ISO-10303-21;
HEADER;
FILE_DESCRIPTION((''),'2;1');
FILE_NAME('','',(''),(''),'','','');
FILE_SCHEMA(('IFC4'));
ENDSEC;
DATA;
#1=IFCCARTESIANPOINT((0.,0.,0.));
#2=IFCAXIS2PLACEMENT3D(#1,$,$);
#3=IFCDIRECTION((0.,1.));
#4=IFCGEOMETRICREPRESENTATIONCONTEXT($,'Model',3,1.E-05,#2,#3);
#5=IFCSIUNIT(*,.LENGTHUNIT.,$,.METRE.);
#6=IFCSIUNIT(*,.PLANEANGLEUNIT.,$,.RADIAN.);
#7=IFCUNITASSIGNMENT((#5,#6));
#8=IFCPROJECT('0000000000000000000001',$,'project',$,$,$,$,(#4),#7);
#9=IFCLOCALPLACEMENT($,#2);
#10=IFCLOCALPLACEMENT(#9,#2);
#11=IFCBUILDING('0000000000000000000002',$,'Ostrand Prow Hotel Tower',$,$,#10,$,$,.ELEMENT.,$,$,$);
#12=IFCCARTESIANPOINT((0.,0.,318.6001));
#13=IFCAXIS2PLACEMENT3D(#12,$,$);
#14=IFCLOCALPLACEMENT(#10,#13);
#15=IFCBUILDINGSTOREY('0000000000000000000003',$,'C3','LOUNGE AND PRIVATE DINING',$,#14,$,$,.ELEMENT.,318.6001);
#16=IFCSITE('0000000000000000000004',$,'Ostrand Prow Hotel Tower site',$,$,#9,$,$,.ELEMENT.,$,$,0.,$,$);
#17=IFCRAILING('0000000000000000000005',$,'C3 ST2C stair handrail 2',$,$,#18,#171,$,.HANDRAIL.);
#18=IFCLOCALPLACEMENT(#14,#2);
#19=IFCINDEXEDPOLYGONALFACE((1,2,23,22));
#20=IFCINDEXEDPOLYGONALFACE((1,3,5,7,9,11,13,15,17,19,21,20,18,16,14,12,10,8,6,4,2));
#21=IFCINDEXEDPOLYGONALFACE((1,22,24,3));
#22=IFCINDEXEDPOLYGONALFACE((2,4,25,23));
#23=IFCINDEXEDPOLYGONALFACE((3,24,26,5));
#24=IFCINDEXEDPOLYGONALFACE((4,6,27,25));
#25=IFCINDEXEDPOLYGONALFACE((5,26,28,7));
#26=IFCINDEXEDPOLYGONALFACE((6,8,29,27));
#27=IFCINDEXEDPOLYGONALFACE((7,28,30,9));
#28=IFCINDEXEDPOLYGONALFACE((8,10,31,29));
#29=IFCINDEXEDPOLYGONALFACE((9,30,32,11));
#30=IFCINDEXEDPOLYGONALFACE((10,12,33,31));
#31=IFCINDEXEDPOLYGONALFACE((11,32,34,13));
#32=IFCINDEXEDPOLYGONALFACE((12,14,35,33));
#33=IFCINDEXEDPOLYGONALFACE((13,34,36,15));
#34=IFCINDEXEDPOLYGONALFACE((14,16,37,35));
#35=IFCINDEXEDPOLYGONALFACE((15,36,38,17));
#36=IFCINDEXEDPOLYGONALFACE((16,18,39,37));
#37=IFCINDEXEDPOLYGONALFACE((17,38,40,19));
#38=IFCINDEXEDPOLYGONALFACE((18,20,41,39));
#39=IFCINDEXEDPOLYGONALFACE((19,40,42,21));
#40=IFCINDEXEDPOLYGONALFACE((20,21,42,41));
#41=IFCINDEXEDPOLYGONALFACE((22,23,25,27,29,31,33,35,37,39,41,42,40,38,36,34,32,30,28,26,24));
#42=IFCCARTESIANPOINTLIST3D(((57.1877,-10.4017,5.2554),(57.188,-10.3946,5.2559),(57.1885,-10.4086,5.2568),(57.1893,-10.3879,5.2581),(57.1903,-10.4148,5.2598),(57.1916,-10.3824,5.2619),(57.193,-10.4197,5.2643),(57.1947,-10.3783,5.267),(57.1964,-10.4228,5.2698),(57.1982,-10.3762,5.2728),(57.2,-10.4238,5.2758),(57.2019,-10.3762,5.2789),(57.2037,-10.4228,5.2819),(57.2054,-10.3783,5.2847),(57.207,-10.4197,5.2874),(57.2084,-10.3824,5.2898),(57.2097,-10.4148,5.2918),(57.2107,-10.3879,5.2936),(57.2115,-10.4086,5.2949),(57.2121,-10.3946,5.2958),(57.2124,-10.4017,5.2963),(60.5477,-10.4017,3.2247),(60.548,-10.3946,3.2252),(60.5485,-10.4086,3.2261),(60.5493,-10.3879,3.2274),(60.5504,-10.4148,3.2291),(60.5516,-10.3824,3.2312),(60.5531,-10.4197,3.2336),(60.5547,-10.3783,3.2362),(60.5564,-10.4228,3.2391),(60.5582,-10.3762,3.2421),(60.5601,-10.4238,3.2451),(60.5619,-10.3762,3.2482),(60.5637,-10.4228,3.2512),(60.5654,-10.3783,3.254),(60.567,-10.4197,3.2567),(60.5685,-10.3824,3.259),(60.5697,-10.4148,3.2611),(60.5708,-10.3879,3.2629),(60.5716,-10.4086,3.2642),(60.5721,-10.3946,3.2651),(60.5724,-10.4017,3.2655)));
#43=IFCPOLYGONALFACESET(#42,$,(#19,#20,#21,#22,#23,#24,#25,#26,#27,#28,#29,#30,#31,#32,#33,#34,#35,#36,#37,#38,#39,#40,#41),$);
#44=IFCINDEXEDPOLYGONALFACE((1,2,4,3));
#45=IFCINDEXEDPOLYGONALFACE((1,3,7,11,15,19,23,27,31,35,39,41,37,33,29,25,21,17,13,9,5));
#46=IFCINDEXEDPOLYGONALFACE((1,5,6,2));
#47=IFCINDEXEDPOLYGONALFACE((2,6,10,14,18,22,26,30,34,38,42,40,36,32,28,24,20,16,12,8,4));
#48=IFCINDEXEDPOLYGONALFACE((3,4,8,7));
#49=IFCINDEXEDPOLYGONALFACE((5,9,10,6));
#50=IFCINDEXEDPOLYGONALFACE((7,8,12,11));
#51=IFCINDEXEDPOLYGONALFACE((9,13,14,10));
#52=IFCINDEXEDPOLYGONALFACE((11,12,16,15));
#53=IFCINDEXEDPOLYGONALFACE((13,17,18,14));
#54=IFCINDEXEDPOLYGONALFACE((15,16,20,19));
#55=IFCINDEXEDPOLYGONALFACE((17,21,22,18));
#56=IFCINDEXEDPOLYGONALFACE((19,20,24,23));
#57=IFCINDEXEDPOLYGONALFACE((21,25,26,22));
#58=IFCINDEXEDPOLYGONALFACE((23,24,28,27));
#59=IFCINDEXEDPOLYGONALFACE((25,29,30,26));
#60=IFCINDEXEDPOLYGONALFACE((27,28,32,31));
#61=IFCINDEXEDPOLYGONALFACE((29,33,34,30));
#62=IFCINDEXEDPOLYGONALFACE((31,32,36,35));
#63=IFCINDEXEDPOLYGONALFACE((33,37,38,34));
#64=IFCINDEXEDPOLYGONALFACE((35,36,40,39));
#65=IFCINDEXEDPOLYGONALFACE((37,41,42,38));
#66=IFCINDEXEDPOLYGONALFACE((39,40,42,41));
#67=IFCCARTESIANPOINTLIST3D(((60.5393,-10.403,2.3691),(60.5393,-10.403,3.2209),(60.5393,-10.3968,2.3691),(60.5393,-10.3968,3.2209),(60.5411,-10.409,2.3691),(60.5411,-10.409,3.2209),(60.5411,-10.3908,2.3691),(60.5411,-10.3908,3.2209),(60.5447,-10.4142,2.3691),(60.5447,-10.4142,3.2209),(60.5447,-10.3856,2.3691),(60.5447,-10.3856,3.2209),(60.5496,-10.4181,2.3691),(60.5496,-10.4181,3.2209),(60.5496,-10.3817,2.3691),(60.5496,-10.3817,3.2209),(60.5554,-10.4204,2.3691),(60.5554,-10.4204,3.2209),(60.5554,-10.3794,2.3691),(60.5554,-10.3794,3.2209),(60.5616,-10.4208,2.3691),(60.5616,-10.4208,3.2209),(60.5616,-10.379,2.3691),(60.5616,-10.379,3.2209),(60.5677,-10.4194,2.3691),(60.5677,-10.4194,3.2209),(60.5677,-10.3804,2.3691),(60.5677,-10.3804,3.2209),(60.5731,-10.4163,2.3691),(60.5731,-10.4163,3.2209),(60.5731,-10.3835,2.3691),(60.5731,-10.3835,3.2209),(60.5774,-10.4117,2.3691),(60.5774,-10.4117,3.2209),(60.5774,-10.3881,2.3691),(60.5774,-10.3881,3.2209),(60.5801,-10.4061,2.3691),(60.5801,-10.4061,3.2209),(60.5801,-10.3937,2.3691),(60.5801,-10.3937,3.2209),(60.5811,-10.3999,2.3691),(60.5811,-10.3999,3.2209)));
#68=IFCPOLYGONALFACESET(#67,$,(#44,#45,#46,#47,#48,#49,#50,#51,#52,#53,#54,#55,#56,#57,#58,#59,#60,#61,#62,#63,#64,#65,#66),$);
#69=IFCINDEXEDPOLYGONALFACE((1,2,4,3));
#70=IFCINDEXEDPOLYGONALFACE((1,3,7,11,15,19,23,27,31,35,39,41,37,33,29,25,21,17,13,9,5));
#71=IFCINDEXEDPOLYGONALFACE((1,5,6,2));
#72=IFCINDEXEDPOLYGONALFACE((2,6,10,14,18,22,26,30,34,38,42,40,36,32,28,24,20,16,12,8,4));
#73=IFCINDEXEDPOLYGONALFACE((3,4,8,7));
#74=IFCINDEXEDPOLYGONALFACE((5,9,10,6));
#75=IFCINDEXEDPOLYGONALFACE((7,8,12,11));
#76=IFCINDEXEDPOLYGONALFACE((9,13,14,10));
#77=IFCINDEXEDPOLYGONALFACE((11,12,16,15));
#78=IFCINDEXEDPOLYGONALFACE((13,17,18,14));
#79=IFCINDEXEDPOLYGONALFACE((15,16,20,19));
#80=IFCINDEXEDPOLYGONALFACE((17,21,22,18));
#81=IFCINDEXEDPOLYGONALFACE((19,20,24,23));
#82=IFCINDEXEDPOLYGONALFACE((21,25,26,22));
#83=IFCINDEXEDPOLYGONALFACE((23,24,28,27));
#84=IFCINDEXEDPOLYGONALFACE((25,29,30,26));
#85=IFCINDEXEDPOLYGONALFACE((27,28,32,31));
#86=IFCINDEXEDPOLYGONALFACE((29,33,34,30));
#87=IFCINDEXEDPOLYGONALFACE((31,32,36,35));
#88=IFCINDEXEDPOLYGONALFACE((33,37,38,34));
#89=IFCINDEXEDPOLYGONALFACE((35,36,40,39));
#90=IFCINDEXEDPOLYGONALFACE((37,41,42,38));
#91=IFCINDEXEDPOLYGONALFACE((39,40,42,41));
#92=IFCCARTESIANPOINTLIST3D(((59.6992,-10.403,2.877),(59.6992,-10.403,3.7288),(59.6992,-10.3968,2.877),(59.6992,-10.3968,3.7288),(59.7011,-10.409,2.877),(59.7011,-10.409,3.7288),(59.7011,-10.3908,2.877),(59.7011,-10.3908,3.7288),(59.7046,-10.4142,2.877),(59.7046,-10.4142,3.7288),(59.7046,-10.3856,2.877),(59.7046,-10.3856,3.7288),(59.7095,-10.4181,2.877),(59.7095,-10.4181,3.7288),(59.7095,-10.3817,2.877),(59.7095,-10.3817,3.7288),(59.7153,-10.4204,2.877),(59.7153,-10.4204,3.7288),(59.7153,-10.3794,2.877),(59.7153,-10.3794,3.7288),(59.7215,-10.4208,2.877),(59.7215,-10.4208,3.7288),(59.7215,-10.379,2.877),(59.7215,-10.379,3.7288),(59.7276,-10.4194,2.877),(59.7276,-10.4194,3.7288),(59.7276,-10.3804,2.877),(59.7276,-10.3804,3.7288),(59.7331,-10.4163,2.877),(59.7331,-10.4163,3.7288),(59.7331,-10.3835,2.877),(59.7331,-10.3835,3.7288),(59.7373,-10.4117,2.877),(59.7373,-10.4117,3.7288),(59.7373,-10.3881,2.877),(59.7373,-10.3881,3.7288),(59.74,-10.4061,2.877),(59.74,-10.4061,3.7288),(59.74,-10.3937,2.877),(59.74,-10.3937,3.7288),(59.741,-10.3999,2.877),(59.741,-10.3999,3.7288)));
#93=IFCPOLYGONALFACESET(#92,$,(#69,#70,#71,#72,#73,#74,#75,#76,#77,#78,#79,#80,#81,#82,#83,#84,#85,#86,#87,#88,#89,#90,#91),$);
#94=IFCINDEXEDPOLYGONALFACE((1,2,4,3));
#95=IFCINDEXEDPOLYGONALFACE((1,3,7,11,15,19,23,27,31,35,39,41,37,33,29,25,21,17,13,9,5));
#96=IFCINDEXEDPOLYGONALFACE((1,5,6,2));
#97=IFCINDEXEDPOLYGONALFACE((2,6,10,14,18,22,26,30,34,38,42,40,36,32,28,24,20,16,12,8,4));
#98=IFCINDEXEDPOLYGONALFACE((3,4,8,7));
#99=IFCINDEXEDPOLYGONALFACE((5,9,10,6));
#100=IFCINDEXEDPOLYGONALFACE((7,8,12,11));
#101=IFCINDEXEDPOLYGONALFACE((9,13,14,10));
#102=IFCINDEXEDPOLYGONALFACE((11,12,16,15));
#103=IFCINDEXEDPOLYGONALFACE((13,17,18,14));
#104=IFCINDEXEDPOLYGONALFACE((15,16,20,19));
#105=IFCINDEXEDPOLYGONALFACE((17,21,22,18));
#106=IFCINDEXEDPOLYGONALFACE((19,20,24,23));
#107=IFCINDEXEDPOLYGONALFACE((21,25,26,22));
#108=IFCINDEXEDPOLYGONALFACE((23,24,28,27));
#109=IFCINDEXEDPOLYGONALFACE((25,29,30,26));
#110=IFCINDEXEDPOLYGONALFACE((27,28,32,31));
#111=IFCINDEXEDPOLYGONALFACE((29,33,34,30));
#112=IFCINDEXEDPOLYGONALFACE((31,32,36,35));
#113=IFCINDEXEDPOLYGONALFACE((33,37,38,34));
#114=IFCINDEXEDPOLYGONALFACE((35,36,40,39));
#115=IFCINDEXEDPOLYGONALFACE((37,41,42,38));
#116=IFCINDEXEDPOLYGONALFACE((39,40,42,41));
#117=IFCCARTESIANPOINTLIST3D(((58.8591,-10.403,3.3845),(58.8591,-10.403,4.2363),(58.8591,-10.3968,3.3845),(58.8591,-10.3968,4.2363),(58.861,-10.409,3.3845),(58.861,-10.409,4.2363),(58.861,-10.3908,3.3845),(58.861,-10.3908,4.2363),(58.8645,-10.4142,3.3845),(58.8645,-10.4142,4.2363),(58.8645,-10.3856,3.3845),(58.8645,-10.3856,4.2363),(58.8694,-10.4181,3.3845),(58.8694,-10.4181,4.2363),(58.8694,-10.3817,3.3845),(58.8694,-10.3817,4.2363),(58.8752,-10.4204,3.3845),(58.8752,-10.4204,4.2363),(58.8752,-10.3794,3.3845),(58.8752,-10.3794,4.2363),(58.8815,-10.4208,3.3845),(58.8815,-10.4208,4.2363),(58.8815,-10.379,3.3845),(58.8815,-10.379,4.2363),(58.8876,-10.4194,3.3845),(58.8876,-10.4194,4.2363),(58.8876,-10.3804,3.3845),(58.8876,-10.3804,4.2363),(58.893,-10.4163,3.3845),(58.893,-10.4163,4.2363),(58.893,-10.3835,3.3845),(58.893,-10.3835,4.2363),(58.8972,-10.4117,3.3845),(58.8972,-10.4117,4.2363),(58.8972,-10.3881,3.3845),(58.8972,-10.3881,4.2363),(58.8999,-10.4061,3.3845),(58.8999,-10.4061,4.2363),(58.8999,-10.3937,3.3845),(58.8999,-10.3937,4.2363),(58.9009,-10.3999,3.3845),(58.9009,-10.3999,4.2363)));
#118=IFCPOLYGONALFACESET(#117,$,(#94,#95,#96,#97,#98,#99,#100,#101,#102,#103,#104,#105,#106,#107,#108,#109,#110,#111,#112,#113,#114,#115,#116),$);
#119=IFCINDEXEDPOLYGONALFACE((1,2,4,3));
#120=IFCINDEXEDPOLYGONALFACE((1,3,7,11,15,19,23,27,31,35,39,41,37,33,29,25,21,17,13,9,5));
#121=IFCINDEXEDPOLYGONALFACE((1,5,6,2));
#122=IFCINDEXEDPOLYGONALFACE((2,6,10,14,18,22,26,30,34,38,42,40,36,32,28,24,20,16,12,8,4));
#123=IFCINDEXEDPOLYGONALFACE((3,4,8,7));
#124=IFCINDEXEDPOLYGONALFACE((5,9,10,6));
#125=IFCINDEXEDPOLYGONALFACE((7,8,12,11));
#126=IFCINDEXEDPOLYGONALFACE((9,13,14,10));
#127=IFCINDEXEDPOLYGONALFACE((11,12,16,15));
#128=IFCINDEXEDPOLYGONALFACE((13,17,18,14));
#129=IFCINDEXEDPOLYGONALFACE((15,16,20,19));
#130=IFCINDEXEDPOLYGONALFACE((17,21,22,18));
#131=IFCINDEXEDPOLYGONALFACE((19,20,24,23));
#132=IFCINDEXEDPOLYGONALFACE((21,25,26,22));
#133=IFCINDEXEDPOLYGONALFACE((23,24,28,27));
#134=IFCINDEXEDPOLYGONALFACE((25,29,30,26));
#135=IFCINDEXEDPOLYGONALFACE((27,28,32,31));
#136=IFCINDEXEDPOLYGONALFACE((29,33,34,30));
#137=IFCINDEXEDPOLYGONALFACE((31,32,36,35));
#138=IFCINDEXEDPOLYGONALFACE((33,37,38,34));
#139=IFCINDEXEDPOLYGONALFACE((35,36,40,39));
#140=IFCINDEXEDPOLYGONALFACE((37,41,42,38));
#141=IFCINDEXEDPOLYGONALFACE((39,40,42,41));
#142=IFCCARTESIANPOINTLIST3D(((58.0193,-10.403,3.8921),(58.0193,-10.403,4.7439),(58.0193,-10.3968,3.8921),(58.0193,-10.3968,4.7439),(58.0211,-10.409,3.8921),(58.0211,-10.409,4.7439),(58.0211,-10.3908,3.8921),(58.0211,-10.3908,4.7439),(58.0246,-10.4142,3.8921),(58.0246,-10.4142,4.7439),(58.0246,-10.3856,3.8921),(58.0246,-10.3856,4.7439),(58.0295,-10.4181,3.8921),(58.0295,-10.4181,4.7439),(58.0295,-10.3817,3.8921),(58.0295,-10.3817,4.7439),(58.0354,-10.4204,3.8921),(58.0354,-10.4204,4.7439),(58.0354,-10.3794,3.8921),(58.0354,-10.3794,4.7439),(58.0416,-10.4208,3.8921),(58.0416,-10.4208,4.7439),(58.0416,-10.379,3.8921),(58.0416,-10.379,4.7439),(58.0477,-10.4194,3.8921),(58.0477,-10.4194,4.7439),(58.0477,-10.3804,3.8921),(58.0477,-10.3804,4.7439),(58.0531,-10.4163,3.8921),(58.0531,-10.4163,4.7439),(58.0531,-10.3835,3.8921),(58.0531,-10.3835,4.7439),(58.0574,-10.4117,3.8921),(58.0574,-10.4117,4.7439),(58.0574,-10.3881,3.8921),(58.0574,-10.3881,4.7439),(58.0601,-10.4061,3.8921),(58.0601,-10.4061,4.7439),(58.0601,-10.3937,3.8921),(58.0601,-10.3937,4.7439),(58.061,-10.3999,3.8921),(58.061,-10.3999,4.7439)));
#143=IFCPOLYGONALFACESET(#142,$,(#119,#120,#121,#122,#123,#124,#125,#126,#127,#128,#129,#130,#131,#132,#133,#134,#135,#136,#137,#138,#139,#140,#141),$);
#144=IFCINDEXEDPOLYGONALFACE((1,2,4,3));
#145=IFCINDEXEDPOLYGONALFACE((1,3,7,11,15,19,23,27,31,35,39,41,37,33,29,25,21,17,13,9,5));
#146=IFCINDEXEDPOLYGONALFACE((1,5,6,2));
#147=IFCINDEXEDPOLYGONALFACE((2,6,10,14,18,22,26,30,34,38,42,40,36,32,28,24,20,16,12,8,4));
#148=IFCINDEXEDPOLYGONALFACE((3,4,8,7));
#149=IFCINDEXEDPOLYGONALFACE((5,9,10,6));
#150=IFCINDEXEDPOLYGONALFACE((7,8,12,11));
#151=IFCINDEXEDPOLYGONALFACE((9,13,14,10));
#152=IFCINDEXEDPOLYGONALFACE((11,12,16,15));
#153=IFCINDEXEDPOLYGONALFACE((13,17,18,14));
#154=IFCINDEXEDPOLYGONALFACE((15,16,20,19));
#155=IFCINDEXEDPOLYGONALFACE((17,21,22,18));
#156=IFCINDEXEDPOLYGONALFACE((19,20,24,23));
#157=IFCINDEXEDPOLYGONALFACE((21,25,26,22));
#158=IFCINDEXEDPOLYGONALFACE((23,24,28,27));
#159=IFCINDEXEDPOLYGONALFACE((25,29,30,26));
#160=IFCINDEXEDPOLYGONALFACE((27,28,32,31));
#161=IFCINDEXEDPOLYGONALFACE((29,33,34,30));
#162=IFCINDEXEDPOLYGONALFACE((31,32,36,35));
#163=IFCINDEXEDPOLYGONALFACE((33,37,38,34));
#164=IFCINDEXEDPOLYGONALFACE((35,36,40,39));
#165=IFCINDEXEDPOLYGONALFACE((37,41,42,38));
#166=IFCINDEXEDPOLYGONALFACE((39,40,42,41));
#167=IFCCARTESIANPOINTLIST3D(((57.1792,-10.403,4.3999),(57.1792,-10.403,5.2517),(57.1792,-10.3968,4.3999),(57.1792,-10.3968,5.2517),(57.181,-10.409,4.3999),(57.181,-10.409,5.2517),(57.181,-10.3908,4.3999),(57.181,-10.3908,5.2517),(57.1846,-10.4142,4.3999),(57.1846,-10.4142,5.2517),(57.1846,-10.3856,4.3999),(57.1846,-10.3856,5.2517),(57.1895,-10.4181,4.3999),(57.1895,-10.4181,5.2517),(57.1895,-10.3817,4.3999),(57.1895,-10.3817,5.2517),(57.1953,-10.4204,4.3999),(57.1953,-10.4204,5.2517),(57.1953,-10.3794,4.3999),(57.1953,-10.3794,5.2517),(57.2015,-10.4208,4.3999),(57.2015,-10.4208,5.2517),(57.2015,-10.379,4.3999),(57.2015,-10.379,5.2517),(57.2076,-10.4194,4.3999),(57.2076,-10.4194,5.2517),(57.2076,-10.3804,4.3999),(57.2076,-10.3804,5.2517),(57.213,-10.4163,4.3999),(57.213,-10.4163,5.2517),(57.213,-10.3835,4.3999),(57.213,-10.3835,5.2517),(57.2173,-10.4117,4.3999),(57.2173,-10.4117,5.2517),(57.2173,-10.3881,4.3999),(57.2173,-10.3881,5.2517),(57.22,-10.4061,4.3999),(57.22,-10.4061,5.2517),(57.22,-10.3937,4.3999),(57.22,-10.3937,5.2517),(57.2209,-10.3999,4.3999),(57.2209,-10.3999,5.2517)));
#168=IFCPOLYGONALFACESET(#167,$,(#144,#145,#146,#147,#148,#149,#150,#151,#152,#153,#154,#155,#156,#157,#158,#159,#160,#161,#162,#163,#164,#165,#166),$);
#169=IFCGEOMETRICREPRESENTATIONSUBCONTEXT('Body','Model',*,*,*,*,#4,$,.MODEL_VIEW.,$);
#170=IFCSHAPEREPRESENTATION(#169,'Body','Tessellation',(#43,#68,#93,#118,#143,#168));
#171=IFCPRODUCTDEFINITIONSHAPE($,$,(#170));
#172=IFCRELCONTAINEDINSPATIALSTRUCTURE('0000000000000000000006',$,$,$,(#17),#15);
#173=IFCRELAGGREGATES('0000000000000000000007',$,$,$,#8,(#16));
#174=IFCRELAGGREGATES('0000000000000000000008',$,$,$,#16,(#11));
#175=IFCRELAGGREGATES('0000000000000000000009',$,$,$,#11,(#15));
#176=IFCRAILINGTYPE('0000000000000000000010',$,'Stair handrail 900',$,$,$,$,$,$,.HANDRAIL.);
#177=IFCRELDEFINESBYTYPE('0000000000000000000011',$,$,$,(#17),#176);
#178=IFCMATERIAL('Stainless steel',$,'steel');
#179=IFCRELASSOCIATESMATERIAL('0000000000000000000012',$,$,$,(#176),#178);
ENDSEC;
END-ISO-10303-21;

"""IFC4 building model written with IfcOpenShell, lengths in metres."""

from ifc_helpers import new_model, si_unit, direction, frame, origin, origin_2d, place, context, subcontext, project, spatial, circle, extrude, material, type_object, element, save


model = new_model("IFC4")

# Units and contexts
model_context = context("Model", 3, precision=1e-05, world=origin(), true_north=direction((0.0, 1.0)))
body_context = subcontext(model_context, "Body", "Model", "MODEL_VIEW")
ifc_project = project(units=[si_unit("LENGTHUNIT", "METRE"), si_unit("PLANEANGLEUNIT", "RADIAN")], contexts=[model_context])

# Site, building, storey
site_placement = place(None, origin())
site = spatial("IfcSite", under=ifc_project, at=site_placement, Name="Ostrand Prow Hotel Tower site", CompositionType="ELEMENT", RefElevation=0.0)
building_placement = place(site_placement, origin())
building = spatial("IfcBuilding", under=site, at=building_placement, Name="Ostrand Prow Hotel Tower", CompositionType="ELEMENT")
storey_placement = place(building_placement, frame((0.0, 0.0, 318.6001)))
storey = spatial("IfcBuildingStorey", under=building, at=storey_placement, Name="C3", Description="LOUNGE AND PRIVATE DINING", CompositionType="ELEMENT", Elevation=318.6001)

# Railing
ifc_material_1 = material(Name="Stainless steel", Category="steel")
railing_type_1 = type_object("IfcRailingType", Name="Stair handrail 900", PredefinedType="HANDRAIL", material=ifc_material_1)
railing_1_placement = place(storey_placement, frame((60.5601, -10.3999, 2.3691)))
element("IfcRailing", 1, at=railing_1_placement, inside=storey, type_object=railing_type_1, Name="C3 ST2C stair handrail 2", PredefinedType="HANDRAIL", context=body_context, shape_type="SweptSolid", body=[
    extrude(circle(Radius=0.0239, at=origin_2d()), frame((0.0, 0.0, 0.876), z_axis=(-0.855837, 0.0, 0.517246), x_axis=(0.0, -1.0, 0.0)), (0.0, 0.0, 1.0), 3.926),
    extrude(circle(Radius=0.021, at=origin_2d()), origin(), (0.0, 0.0, 1.0), 0.8518),
    extrude(circle(Radius=0.021, at=origin_2d()), frame((-0.8401, 0.0, 0.5078)), (0.0, 0.0, 1.0), 0.8518),
    extrude(circle(Radius=0.021, at=origin_2d()), frame((-1.6802, 0.0, 1.0154)), (0.0, 0.0, 1.0), 0.8518),
    extrude(circle(Radius=0.021, at=origin_2d()), frame((-2.52, 0.0, 1.5229)), (0.0, 0.0, 1.0), 0.8518),
    extrude(circle(Radius=0.021, at=origin_2d()), frame((-3.3601, 0.0, 2.0308)), (0.0, 0.0, 1.0), 0.8518),
])

save(model, "model.ifc")
